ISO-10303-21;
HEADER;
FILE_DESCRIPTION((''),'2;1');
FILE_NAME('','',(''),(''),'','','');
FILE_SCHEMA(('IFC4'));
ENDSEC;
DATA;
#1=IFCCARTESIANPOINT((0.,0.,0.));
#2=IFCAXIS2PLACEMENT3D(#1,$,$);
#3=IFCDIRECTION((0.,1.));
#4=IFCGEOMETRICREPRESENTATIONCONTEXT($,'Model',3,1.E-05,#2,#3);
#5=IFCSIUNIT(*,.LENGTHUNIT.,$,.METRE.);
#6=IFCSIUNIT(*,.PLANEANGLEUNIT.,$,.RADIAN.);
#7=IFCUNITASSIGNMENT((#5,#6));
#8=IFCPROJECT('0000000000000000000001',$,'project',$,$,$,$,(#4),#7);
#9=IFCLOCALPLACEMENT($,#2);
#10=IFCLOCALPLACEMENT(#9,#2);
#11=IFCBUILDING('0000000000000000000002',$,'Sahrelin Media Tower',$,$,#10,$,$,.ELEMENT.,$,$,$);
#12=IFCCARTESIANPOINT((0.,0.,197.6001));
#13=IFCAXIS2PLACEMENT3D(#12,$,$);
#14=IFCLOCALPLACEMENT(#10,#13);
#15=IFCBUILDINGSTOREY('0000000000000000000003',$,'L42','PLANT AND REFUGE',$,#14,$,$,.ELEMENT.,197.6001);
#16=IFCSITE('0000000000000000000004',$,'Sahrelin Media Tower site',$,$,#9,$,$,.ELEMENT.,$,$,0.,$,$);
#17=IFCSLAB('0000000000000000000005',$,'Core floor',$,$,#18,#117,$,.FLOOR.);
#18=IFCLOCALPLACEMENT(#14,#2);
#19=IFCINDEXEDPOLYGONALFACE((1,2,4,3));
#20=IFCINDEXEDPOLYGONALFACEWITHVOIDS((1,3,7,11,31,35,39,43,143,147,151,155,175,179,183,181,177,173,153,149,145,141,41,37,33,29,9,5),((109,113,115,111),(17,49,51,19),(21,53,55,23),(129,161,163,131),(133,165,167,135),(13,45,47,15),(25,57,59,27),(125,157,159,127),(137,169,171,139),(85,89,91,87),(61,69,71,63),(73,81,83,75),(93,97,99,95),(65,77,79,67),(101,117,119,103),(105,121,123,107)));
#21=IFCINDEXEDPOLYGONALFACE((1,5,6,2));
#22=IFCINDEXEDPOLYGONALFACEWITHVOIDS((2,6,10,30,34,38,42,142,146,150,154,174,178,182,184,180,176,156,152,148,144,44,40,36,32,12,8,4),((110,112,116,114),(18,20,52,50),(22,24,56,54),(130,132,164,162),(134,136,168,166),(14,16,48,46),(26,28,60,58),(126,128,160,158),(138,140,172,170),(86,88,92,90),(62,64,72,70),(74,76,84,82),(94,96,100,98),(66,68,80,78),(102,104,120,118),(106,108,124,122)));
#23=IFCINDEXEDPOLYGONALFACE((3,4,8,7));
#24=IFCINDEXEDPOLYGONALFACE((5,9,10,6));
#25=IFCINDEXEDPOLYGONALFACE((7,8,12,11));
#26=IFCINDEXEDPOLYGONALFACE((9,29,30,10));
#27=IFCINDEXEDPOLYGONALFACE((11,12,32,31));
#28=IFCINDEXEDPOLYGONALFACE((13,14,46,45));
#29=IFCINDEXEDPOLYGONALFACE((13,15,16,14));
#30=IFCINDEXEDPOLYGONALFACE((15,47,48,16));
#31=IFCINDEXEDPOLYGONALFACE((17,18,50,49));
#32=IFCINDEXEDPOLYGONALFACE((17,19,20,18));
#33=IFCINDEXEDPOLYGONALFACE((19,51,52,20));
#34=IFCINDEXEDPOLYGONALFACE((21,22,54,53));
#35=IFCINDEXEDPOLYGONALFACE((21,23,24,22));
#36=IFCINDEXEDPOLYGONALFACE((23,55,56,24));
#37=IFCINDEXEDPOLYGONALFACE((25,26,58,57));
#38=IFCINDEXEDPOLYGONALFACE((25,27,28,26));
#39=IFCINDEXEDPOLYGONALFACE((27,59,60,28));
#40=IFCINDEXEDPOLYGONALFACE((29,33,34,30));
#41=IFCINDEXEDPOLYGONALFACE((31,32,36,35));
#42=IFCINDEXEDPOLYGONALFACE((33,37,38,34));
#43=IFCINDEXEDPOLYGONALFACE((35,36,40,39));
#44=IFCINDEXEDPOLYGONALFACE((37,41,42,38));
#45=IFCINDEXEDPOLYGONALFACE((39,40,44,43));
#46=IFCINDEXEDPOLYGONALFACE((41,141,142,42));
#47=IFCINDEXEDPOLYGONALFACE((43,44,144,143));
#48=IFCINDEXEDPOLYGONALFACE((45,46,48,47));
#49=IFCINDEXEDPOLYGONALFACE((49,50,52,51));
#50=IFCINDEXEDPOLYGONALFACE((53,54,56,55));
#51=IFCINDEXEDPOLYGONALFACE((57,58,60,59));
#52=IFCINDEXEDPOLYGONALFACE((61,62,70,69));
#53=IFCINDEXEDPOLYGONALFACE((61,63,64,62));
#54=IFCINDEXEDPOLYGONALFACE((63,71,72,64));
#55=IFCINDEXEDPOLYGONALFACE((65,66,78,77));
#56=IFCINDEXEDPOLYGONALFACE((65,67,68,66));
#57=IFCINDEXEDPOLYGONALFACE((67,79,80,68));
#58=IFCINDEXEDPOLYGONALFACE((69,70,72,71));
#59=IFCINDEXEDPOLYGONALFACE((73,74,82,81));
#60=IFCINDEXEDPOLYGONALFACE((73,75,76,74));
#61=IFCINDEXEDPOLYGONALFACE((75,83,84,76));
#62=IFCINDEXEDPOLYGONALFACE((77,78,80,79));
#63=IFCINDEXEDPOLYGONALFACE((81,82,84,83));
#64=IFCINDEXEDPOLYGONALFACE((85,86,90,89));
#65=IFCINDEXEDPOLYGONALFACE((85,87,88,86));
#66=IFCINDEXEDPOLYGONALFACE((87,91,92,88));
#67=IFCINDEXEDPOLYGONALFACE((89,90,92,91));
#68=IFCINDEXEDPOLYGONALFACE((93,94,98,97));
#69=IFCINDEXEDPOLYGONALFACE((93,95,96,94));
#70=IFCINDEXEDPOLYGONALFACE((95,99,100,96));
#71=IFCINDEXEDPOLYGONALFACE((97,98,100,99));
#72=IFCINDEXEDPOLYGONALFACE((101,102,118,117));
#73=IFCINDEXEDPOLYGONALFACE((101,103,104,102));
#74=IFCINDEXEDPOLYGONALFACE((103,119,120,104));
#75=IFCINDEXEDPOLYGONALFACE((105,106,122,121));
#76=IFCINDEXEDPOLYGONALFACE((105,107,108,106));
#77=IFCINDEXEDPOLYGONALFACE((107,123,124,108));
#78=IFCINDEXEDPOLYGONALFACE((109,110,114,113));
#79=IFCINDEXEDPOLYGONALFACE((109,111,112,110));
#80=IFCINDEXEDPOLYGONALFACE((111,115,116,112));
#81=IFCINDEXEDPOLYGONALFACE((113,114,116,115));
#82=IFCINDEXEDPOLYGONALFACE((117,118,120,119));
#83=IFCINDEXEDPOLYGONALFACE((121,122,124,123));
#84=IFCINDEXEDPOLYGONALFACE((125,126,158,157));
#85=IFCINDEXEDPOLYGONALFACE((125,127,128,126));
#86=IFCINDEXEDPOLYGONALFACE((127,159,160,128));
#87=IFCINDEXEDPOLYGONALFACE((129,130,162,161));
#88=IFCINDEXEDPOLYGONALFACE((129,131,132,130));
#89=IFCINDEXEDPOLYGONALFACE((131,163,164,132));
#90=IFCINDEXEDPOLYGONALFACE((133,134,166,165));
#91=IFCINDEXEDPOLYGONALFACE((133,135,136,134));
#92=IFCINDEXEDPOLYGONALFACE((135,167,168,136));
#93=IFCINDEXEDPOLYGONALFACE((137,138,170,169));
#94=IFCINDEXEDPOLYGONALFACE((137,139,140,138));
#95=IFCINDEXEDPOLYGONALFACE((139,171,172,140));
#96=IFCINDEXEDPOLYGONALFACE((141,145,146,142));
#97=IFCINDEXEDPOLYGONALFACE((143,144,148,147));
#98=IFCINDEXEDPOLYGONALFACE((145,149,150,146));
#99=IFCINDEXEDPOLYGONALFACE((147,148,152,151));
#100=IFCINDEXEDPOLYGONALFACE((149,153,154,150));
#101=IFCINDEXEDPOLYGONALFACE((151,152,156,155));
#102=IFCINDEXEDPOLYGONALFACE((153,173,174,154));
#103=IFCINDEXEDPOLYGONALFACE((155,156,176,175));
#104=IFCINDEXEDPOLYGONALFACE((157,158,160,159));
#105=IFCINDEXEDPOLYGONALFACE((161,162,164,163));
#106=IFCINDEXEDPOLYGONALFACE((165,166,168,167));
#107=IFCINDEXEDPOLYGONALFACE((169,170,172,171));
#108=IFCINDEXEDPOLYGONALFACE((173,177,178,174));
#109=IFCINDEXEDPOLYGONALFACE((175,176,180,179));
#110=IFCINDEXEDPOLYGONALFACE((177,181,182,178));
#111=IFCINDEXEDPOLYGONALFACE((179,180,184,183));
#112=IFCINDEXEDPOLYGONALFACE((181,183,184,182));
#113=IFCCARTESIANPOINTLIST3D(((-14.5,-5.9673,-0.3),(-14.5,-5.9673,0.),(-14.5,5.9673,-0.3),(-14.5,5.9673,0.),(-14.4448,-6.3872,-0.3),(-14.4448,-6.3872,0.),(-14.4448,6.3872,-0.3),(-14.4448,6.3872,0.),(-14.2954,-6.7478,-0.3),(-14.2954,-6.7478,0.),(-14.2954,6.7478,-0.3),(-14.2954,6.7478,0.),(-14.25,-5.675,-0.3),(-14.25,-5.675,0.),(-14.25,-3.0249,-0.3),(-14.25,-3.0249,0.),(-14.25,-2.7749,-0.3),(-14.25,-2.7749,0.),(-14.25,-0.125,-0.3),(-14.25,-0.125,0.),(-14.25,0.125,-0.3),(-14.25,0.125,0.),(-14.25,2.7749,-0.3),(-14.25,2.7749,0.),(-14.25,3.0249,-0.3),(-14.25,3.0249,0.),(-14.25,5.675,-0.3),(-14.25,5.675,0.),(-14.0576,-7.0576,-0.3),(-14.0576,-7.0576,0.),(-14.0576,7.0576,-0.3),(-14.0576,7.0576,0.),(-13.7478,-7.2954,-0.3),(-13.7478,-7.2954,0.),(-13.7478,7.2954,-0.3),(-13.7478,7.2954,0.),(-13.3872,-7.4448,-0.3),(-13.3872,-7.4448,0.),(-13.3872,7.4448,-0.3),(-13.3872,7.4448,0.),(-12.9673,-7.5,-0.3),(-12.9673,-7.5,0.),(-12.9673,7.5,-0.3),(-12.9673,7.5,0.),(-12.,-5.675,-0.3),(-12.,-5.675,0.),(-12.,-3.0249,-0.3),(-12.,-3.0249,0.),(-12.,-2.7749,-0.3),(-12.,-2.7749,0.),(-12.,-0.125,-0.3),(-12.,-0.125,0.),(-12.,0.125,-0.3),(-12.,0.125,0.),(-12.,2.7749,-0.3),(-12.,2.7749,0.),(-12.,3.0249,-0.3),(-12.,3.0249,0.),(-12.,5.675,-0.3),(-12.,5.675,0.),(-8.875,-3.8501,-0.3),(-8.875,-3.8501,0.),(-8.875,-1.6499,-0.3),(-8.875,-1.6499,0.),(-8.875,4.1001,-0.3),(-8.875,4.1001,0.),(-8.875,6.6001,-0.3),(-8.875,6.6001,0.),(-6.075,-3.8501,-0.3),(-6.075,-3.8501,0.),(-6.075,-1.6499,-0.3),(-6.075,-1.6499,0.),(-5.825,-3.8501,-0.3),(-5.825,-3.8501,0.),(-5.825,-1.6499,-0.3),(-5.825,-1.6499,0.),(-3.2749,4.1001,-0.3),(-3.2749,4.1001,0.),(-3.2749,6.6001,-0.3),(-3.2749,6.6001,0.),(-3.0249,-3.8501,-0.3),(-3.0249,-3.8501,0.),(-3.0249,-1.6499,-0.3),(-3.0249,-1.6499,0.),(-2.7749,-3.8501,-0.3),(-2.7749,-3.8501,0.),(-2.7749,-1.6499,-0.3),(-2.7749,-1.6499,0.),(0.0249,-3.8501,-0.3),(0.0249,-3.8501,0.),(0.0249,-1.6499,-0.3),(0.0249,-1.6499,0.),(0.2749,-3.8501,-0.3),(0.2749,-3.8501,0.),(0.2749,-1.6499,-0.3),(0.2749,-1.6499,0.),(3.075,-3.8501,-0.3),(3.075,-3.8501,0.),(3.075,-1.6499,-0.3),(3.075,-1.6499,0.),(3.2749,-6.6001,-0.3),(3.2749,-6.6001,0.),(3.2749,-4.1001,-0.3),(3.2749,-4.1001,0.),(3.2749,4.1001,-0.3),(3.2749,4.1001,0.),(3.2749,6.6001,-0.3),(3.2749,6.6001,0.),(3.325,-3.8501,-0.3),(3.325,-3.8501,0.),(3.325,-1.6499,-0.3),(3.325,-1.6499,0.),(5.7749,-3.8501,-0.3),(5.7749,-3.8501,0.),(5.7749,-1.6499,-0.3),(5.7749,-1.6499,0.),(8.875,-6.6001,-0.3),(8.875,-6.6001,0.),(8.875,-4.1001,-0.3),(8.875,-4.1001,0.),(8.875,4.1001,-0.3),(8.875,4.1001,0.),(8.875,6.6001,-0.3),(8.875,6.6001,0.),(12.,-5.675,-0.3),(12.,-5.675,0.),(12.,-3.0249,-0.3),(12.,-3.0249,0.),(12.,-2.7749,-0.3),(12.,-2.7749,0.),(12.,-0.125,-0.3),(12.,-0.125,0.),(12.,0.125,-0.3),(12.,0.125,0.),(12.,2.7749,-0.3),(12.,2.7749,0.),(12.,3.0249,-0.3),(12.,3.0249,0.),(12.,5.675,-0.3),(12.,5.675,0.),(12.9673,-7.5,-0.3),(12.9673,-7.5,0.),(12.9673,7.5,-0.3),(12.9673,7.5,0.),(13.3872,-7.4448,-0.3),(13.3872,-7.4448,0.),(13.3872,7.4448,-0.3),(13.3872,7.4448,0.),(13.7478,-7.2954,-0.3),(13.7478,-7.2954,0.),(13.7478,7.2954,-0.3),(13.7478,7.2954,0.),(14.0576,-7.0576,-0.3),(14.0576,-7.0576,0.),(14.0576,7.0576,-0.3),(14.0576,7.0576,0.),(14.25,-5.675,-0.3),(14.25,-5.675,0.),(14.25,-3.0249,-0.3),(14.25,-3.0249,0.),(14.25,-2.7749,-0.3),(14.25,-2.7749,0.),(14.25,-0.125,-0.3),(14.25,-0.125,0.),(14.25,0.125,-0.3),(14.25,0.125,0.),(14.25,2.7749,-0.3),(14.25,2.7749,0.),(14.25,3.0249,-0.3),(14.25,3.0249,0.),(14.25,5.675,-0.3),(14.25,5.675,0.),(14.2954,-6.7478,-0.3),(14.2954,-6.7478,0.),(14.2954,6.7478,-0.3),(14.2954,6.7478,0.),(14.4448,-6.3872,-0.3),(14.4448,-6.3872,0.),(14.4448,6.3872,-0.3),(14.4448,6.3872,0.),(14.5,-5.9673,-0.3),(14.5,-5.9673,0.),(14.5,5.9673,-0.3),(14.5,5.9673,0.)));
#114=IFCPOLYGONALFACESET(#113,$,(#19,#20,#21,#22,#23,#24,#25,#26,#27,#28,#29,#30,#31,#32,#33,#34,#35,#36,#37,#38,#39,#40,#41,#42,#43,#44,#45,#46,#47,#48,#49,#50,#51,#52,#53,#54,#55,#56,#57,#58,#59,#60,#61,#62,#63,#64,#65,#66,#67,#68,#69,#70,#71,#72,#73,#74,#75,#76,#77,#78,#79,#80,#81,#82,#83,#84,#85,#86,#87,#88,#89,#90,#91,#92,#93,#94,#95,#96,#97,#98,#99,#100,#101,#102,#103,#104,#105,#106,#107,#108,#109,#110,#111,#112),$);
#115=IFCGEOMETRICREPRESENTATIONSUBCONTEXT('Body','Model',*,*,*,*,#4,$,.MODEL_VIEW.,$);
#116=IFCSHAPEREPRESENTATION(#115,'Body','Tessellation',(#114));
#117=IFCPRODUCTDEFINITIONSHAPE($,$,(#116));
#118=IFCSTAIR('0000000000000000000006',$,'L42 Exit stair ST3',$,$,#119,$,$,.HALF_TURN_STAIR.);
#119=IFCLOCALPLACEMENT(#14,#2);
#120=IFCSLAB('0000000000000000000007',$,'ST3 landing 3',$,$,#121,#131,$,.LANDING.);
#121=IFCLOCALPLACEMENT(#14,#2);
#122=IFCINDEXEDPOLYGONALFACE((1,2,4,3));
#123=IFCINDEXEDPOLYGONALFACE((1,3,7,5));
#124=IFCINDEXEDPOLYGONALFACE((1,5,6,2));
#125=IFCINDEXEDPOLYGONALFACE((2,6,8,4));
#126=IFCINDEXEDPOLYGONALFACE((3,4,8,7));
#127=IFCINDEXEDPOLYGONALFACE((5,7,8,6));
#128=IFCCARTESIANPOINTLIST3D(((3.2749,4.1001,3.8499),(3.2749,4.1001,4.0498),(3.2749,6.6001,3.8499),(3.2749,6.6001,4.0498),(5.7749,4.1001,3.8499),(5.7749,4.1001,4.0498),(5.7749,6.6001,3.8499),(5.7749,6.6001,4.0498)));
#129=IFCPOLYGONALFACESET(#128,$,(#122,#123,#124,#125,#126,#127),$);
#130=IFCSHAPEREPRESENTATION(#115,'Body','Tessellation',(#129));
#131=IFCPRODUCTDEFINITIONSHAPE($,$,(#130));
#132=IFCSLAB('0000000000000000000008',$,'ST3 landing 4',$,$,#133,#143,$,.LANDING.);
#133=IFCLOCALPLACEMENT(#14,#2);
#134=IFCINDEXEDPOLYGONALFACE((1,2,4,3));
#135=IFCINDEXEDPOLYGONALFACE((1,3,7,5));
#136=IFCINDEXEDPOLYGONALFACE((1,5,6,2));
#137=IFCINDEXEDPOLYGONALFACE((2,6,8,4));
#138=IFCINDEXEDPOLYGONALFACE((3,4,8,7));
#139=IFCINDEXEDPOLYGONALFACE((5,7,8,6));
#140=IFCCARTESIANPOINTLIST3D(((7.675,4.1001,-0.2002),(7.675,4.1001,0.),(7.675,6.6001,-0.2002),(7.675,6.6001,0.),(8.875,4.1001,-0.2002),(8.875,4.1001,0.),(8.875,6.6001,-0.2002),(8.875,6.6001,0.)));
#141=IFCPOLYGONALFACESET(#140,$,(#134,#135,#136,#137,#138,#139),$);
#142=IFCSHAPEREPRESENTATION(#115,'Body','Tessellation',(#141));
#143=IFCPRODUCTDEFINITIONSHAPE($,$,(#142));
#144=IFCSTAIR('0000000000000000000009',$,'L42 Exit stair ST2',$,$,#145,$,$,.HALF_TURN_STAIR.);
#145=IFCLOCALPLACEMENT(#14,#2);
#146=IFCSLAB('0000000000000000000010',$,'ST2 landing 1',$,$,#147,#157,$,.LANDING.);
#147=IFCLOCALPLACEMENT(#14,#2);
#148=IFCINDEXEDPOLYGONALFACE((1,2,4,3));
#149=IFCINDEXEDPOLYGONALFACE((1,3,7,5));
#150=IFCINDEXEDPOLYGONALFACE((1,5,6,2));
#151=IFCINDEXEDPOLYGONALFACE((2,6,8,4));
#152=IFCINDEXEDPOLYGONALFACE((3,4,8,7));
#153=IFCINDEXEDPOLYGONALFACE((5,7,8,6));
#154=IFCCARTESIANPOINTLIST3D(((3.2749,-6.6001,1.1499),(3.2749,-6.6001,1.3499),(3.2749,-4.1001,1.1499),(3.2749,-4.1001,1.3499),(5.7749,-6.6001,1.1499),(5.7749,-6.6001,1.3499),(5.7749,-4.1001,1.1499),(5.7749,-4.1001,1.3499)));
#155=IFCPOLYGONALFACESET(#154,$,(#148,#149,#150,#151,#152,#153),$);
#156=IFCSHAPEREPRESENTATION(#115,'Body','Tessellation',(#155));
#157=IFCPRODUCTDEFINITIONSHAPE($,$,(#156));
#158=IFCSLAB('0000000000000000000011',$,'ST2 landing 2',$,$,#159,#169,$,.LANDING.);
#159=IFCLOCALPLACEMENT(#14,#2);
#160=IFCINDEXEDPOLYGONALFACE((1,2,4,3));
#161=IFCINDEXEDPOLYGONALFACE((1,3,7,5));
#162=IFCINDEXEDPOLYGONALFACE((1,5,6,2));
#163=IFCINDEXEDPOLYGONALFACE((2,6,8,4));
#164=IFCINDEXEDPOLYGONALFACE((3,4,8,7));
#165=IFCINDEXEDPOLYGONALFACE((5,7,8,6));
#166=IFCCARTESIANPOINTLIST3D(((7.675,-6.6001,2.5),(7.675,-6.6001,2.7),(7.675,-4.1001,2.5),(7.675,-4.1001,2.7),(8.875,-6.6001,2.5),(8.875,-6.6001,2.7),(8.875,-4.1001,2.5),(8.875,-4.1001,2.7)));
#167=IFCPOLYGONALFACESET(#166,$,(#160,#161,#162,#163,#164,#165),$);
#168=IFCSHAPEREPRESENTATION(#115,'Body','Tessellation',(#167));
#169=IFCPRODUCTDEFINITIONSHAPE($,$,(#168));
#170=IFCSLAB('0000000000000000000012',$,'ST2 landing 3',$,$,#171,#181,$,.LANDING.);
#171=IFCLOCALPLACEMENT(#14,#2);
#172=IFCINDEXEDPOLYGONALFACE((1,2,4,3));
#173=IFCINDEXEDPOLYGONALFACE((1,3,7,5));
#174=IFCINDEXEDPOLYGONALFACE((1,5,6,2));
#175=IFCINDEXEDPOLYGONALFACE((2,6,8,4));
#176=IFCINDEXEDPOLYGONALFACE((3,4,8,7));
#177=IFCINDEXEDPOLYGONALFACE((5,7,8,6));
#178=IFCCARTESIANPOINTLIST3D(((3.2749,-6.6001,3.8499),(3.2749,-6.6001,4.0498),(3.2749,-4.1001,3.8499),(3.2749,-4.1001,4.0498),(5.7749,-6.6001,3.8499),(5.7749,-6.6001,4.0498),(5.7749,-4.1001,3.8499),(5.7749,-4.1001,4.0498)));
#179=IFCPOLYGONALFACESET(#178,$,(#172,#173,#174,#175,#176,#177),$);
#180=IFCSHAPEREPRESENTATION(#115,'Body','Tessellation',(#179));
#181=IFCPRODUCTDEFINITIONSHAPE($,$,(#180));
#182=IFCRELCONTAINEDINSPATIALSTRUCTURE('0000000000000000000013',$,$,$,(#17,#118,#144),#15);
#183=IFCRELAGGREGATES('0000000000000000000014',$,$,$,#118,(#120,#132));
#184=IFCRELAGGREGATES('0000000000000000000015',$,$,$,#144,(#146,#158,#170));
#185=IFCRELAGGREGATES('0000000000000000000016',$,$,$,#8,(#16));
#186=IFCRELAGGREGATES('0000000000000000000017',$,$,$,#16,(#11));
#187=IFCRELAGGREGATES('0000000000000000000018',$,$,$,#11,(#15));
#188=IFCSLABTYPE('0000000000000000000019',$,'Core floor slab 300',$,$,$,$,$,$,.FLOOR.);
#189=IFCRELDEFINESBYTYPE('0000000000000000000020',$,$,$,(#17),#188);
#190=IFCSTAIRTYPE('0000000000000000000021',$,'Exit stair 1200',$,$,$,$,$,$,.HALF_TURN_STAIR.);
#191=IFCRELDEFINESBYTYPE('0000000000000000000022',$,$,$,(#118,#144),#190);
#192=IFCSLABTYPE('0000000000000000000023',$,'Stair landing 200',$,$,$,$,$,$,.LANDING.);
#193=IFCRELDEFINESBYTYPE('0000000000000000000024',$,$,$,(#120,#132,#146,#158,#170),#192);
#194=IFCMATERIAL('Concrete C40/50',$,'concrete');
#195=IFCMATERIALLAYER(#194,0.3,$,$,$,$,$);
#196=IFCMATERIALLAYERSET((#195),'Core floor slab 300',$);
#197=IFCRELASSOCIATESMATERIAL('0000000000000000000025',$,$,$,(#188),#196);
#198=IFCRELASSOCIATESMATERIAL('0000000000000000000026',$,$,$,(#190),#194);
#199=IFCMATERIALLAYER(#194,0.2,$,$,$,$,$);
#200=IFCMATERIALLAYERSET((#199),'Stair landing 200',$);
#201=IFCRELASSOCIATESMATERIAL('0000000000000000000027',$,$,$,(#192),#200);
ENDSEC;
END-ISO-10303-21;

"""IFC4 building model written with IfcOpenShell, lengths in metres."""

from ifc_helpers import new_model, si_unit, direction, frame, origin, place, context, subcontext, project, spatial, polyline, outline, extrude, material, layer, layer_set, type_object, element, aggregate, save


model = new_model("IFC4")

# Units and contexts
model_context = context("Model", 3, precision=1e-05, world=origin(), true_north=direction((0.0, 1.0)))
body_context = subcontext(model_context, "Body", "Model", "MODEL_VIEW")
ifc_project = project(units=[si_unit("LENGTHUNIT", "METRE"), si_unit("PLANEANGLEUNIT", "RADIAN")], contexts=[model_context])

# Site, building, storey
site_placement = place(None, origin())
site = spatial("IfcSite", under=ifc_project, at=site_placement, Name="Sahrelin Media Tower site", CompositionType="ELEMENT", RefElevation=0.0)
building_placement = place(site_placement, origin())
building = spatial("IfcBuilding", under=site, at=building_placement, Name="Sahrelin Media Tower", CompositionType="ELEMENT")
storey_placement = place(building_placement, frame((0.0, 0.0, 197.6001)))
storey = spatial("IfcBuildingStorey", under=building, at=storey_placement, Name="L42", Description="PLANT AND REFUGE", CompositionType="ELEMENT", Elevation=197.6001)

# Slab
ifc_material_1 = material(Name="Concrete C40/50", Category="concrete")
ifc_layer_1 = layer(ifc_material_1, 0.3)
ifc_layer_set_1 = layer_set([ifc_layer_1], Name="Core floor slab 300")
slab_type_1 = type_object("IfcSlabType", Name="Core floor slab 300", PredefinedType="FLOOR", material=ifc_layer_set_1)
slab_1_placement = place(storey_placement, frame((0.0, 0.0, -0.3)))
element("IfcSlab", 1, at=slab_1_placement, inside=storey, type_object=slab_type_1, Name="Core floor", PredefinedType="FLOOR", context=body_context, shape_type="SweptSolid", body=[
    extrude(outline(polyline([(-14.4448, 6.3872), (-14.5, 5.9673), (-14.5, -5.9673), (-14.4448, -6.3872), (-14.2954, -6.7478), (-14.0576, -7.0576), (-13.7478, -7.2954), (-13.3872, -7.4448), (-12.9673, -7.5), (12.9673, -7.5), (13.3872, -7.4448), (13.7478, -7.2954), (14.0576, -7.0576), (14.2954, -6.7478), (14.4448, -6.3872), (14.5, -5.9673), (14.5, 5.9673), (14.4448, 6.3872), (14.2954, 6.7478), (14.0576, 7.0576), (13.7478, 7.2954), (13.3872, 7.4448), (12.9673, 7.5), (-12.9673, 7.5), (-13.3872, 7.4448), (-13.7478, 7.2954), (-14.0576, 7.0576), (-14.2954, 6.7478), (-14.4448, 6.3872)]), holes=[polyline([(-12.0, 3.0249), (-12.0, 5.675), (-14.25, 5.675), (-14.25, 3.0249), (-12.0, 3.0249)]), polyline([(-14.25, 0.125), (-12.0, 0.125), (-12.0, 2.7749), (-14.25, 2.7749), (-14.25, 0.125)]), polyline([(-14.25, -0.125), (-14.25, -2.7749), (-12.0, -2.7749), (-12.0, -0.125), (-14.25, -0.125)]), polyline([(-12.0, -3.0249), (-14.25, -3.0249), (-14.25, -5.675), (-12.0, -5.675), (-12.0, -3.0249)]), polyline([(14.25, 3.0249), (14.25, 5.675), (12.0, 5.675), (12.0, 3.0249), (14.25, 3.0249)]), polyline([(12.0, 0.125), (14.25, 0.125), (14.25, 2.7749), (12.0, 2.7749), (12.0, 0.125)]), polyline([(12.0, -0.125), (12.0, -2.7749), (14.25, -2.7749), (14.25, -0.125), (12.0, -0.125)]), polyline([(14.25, -3.0249), (12.0, -3.0249), (12.0, -5.675), (14.25, -5.675), (14.25, -3.0249)]), polyline([(-6.075, -3.8501), (-6.075, -1.6499), (-8.875, -1.6499), (-8.875, -3.8501), (-6.075, -3.8501)]), polyline([(-5.825, -3.8501), (-3.0249, -3.8501), (-3.0249, -1.6499), (-5.825, -1.6499), (-5.825, -3.8501)]), polyline([(-2.7749, -1.6499), (-2.7749, -3.8501), (0.0249, -3.8501), (0.0249, -1.6499), (-2.7749, -1.6499)]), polyline([(3.075, -1.6499), (0.2749, -1.6499), (0.2749, -3.8501), (3.075, -3.8501), (3.075, -1.6499)]), polyline([(5.7749, -3.8501), (5.7749, -1.6499), (3.325, -1.6499), (3.325, -3.8501), (5.7749, -3.8501)]), polyline([(-8.875, 6.6001), (-8.875, 4.1001), (-3.2749, 4.1001), (-3.2749, 6.6001), (-8.875, 6.6001)]), polyline([(3.2749, 4.1001), (8.875, 4.1001), (8.875, 6.6001), (3.2749, 6.6001), (3.2749, 4.1001)]), polyline([(3.2749, -4.1001), (3.2749, -6.6001), (8.875, -6.6001), (8.875, -4.1001), (3.2749, -4.1001)])]), origin(), (0.0, 0.0, 1.0), 0.3),
])

# Stairs, slabs
stair_type = type_object("IfcStairType", Name="Exit stair 1200", PredefinedType="HALF_TURN_STAIR", material=ifc_material_1)
placement_1 = place(storey_placement, origin())
stair_1 = element("IfcStair", 2, at=placement_1, inside=storey, type_object=stair_type, Name="L42 Exit stair ST3", PredefinedType="HALF_TURN_STAIR")
ifc_layer_2 = layer(ifc_material_1, 0.2)
ifc_layer_set_2 = layer_set([ifc_layer_2], Name="Stair landing 200")
slab_type_2 = type_object("IfcSlabType", Name="Stair landing 200", PredefinedType="LANDING", material=ifc_layer_set_2)
placement_2 = place(storey_placement, frame((0.0, 0.0, 3.8499)))
slab_2 = element("IfcSlab", 3, at=placement_2, type_object=slab_type_2, Name="ST3 landing 3", PredefinedType="LANDING", context=body_context, shape_type="SweptSolid", body=[
    extrude(outline(polyline([(5.7749, 6.6001), (3.2749, 6.6001), (3.2749, 4.1001), (5.7749, 4.1001), (5.7749, 6.6001)])), origin(), (0.0, 0.0, 1.0), 0.2),
])
placement_3 = place(storey_placement, frame((0.0, 0.0, -0.2002)))
slab_3 = element("IfcSlab", 4, at=placement_3, type_object=slab_type_2, Name="ST3 landing 4", PredefinedType="LANDING", context=body_context, shape_type="SweptSolid", body=[
    extrude(outline(polyline([(8.875, 6.6001), (7.675, 6.6001), (7.675, 4.1001), (8.875, 4.1001), (8.875, 6.6001)])), origin(), (0.0, 0.0, 1.0), 0.2002),
])
aggregate(stair_1, [slab_2, slab_3])
stair_2 = element("IfcStair", 5, at=placement_1, inside=storey, type_object=stair_type, Name="L42 Exit stair ST2", PredefinedType="HALF_TURN_STAIR")
slab_4_placement = place(storey_placement, frame((0.0, 0.0, 1.1499)))
slab_4 = element("IfcSlab", 6, at=slab_4_placement, type_object=slab_type_2, Name="ST2 landing 1", PredefinedType="LANDING", context=body_context, shape_type="SweptSolid", body=[
    extrude(outline(polyline([(5.7749, -4.1001), (3.2749, -4.1001), (3.2749, -6.6001), (5.7749, -6.6001), (5.7749, -4.1001)])), origin(), (0.0, 0.0, 1.0), 0.2),
])
slab_5_placement = place(storey_placement, frame((0.0, 0.0, 2.5)))
slab_5 = element("IfcSlab", 7, at=slab_5_placement, type_object=slab_type_2, Name="ST2 landing 2", PredefinedType="LANDING", context=body_context, shape_type="SweptSolid", body=[
    extrude(outline(polyline([(8.875, -4.1001), (7.675, -4.1001), (7.675, -6.6001), (8.875, -6.6001), (8.875, -4.1001)])), origin(), (0.0, 0.0, 1.0), 0.2),
])
slab_6 = element("IfcSlab", 8, at=placement_2, type_object=slab_type_2, Name="ST2 landing 3", PredefinedType="LANDING", context=body_context, shape_type="SweptSolid", body=[
    extrude(outline(polyline([(5.7749, -4.1001), (3.2749, -4.1001), (3.2749, -6.6001), (5.7749, -6.6001), (5.7749, -4.1001)])), origin(), (0.0, 0.0, 1.0), 0.2),
])
aggregate(stair_2, [slab_4, slab_5, slab_6])

save(model, "model.ifc")
